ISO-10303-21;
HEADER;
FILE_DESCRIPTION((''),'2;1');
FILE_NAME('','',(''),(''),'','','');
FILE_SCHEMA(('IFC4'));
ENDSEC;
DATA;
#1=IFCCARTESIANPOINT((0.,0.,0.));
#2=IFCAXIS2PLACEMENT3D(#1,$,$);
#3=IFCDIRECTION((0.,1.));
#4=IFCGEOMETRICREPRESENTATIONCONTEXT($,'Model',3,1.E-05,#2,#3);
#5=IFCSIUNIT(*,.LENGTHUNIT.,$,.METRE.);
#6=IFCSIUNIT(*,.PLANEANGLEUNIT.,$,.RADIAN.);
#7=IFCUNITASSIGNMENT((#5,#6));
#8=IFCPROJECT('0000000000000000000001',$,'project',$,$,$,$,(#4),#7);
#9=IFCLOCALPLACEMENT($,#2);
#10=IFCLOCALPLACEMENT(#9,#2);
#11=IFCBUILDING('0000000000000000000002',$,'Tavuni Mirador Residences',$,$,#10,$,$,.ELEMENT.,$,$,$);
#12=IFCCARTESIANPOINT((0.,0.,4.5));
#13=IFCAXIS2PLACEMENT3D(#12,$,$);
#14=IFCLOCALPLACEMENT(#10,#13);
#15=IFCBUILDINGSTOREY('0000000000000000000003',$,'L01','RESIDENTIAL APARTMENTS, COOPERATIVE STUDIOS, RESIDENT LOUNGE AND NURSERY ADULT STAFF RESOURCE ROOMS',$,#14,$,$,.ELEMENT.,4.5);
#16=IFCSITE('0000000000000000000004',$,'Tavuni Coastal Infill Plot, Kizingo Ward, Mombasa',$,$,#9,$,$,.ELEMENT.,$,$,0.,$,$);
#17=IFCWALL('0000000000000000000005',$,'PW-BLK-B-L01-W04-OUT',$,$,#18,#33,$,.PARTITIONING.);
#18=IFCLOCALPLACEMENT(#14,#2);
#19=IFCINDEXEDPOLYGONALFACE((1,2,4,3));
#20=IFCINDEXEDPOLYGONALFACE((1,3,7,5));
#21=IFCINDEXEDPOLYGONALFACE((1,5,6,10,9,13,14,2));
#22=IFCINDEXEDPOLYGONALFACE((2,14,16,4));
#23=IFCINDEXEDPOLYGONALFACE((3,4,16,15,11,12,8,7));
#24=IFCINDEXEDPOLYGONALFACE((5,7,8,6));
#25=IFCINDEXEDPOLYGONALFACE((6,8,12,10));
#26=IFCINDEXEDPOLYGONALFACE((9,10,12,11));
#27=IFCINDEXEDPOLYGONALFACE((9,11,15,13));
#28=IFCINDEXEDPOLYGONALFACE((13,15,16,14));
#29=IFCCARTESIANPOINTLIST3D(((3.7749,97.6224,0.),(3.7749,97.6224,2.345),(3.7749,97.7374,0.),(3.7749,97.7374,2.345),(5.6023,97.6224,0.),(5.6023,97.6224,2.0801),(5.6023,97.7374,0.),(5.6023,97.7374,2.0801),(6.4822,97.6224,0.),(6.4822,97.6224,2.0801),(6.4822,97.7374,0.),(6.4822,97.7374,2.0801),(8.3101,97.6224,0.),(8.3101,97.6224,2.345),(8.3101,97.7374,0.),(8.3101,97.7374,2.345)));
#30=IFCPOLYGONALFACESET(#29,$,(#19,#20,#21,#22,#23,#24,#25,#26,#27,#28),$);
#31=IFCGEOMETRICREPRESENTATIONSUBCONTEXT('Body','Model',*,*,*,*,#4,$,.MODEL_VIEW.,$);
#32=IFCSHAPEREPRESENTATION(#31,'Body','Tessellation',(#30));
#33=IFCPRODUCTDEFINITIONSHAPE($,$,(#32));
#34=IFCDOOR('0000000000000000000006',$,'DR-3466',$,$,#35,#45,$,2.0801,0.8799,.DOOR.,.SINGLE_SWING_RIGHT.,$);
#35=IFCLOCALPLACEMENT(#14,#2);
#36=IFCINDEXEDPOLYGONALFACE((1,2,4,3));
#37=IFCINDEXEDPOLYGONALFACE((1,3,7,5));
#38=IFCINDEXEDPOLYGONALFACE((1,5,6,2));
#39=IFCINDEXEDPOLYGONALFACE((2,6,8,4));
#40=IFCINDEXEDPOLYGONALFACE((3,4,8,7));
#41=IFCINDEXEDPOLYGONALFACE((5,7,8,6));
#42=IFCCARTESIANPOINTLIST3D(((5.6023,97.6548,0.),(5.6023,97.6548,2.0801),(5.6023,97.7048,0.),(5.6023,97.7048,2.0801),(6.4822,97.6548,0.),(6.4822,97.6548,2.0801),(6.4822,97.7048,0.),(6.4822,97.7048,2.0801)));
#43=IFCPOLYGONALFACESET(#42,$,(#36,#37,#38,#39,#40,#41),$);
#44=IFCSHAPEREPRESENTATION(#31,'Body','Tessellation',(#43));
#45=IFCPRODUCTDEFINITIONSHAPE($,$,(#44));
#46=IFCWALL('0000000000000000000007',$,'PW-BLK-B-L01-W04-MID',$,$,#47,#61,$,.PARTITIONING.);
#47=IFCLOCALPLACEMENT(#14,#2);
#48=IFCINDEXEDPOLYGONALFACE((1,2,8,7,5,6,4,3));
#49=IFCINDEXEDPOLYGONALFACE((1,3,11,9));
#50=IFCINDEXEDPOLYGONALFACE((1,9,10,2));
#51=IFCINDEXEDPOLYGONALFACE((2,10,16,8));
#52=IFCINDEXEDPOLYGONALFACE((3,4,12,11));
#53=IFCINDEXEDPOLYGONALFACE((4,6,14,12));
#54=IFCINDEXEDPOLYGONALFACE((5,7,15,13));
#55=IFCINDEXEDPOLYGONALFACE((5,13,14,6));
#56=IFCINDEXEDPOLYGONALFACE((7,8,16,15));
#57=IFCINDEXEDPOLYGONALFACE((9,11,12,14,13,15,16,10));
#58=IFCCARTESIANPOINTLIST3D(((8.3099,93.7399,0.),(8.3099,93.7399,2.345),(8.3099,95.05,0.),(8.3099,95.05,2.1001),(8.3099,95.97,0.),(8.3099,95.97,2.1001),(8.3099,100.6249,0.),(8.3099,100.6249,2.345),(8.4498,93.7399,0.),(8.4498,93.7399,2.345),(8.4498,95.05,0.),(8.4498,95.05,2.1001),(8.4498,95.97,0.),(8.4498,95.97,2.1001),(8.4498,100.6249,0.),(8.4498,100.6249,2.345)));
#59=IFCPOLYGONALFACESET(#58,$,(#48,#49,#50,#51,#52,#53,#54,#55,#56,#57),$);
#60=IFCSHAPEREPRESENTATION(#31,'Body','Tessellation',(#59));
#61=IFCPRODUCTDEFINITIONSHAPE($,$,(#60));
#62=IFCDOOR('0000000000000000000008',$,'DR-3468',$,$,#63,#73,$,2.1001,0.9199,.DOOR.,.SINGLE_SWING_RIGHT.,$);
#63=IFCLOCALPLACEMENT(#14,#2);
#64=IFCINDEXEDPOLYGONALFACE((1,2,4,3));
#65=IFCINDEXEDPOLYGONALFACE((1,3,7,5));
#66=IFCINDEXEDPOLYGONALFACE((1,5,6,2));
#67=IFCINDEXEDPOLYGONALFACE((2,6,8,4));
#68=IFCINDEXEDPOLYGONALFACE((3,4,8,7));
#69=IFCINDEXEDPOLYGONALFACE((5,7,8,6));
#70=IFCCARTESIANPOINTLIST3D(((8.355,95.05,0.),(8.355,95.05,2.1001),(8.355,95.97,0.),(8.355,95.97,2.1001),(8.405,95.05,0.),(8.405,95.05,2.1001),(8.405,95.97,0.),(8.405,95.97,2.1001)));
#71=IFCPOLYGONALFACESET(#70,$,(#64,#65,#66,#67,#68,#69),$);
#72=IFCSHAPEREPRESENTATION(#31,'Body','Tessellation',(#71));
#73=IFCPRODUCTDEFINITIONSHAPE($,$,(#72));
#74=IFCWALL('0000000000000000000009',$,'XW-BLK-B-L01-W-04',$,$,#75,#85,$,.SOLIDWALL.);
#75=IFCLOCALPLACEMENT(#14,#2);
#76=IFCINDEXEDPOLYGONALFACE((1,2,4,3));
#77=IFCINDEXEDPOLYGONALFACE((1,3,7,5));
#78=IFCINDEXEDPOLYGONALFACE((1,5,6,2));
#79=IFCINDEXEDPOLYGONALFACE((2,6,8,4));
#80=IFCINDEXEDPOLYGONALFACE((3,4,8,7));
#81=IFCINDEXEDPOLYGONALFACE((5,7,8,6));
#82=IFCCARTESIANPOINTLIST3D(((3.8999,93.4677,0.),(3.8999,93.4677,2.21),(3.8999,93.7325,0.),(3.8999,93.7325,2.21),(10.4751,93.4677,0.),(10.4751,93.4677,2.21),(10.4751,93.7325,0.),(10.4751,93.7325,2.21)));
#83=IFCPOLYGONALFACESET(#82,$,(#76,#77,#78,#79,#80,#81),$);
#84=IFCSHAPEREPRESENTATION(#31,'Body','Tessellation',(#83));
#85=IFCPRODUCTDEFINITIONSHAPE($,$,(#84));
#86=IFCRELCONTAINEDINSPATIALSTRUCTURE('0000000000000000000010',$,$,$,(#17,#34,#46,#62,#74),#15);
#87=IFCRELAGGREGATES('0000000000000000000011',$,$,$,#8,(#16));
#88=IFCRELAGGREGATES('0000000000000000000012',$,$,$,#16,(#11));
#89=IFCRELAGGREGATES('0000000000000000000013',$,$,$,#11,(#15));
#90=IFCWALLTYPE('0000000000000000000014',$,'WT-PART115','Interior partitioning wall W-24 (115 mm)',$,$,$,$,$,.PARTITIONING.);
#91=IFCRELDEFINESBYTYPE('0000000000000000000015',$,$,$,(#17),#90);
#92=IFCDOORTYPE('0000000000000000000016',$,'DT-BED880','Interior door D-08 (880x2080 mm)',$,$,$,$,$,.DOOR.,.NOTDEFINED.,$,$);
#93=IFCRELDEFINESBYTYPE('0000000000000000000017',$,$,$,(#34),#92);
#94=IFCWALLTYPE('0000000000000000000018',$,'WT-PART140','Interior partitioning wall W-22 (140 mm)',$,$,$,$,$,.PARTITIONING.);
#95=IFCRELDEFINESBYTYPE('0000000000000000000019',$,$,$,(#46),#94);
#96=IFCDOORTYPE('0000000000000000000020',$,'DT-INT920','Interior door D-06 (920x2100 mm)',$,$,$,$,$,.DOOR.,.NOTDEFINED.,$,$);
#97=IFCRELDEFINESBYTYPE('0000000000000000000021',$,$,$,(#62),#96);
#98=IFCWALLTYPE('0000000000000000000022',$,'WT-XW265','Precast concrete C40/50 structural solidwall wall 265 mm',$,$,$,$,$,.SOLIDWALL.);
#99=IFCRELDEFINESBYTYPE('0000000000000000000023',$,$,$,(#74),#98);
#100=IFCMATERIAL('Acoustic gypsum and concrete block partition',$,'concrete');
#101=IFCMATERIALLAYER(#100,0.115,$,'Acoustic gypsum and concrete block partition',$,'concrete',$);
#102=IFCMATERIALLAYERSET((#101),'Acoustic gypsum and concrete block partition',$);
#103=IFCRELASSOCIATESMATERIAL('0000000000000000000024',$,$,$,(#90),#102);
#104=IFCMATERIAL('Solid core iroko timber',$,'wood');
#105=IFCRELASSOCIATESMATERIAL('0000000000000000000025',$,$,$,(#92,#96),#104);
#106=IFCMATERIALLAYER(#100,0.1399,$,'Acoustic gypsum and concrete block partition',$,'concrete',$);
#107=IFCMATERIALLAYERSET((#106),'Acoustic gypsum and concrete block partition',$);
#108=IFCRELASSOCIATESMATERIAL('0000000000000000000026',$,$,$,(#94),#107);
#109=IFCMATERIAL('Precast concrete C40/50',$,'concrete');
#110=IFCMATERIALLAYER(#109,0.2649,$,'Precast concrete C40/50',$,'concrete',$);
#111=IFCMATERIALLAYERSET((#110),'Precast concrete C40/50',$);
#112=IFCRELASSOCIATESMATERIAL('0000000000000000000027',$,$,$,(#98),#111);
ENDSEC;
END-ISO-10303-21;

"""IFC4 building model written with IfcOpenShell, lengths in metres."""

from ifc_helpers import new_model, si_unit, direction, frame, frame_2d, origin, place, context, subcontext, project, spatial, rectangle, extrude, material, layer, layer_set, type_object, element, fill, save


model = new_model("IFC4")

# Units and contexts
model_context = context("Model", 3, precision=1e-05, world=origin(), true_north=direction((0.0, 1.0)))
body_context = subcontext(model_context, "Body", "Model", "MODEL_VIEW")
ifc_project = project(units=[si_unit("LENGTHUNIT", "METRE"), si_unit("PLANEANGLEUNIT", "RADIAN")], contexts=[model_context])

# Site, building, storey
site_placement = place(None, origin())
site = spatial("IfcSite", under=ifc_project, at=site_placement, Name="Tavuni Coastal Infill Plot, Kizingo Ward, Mombasa", CompositionType="ELEMENT", RefElevation=0.0)
building_placement = place(site_placement, origin())
building = spatial("IfcBuilding", under=site, at=building_placement, Name="Tavuni Mirador Residences", CompositionType="ELEMENT")
storey_placement = place(building_placement, frame((0.0, 0.0, 4.5)))
storey = spatial("IfcBuildingStorey", under=building, at=storey_placement, Name="L01", Description="RESIDENTIAL APARTMENTS, COOPERATIVE STUDIOS, RESIDENT LOUNGE AND NURSERY ADULT STAFF RESOURCE ROOMS", CompositionType="ELEMENT", Elevation=4.5)

# Shared definitions
ifc_material_1 = material(Name="Precast concrete C40/50", Category="concrete")

# Shared definitions
ifc_material_2 = material(Name="Solid core iroko timber", Category="wood")

# Walls, openings, doors
ifc_material_3 = material(Name="Acoustic gypsum and concrete block partition", Category="concrete")
ifc_layer_1 = layer(ifc_material_3, 0.115, Name="Acoustic gypsum and concrete block partition", Category="concrete")
ifc_layer_set_1 = layer_set([ifc_layer_1], Name="Acoustic gypsum and concrete block partition")
wall_type_1 = type_object("IfcWallType", Name="WT-PART115", Description="Interior partitioning wall W-24 (115 mm)", PredefinedType="PARTITIONING", material=ifc_layer_set_1)
wall_1_placement = place(storey_placement, frame((3.7749, 97.6799, 0.0), z_axis=(0.0, 0.0, 1.0), x_axis=(1.0, 0.0, 0.0)))
wall_1 = element("IfcWall", 1, at=wall_1_placement, inside=storey, type_object=wall_type_1, Name="PW-BLK-B-L01-W04-OUT", PredefinedType="PARTITIONING", context=body_context, shape_type="SweptSolid", body=[
    extrude(rectangle(XDim=4.5352, YDim=0.115, at=frame_2d((2.2676, 0.0))), origin(), (0.0, 0.0, 1.0), 2.345),
])
opening_1_placement = place(wall_1_placement, frame((1.8274, 0.0, 0.0)))
opening_1 = element("IfcOpeningElement", 2, at=opening_1_placement, cuts=wall_1, PredefinedType="OPENING", context=body_context, shape_type="SweptSolid", body=[
    extrude(rectangle(XDim=0.8799, YDim=2.0801, at=frame_2d((0.4399, 1.04))), frame((0.0, 0.0674, 0.0), z_axis=(0.0, -1.0, 0.0), x_axis=(1.0, 0.0, 0.0)), (0.0, 0.0, 1.0), 0.135),
])
door_type_1 = type_object("IfcDoorType", Name="DT-BED880", Description="Interior door D-08 (880x2080 mm)", OperationType="NOTDEFINED", PredefinedType="DOOR", material=ifc_material_2)
door_1_placement = place(opening_1_placement, origin())
door_1 = element("IfcDoor", 3, at=door_1_placement, inside=storey, type_object=door_type_1, Name="DR-3466", OperationType="SINGLE_SWING_RIGHT", OverallHeight=2.0801, OverallWidth=0.8799, PredefinedType="DOOR", context=body_context, shape_type="SweptSolid", body=[
    extrude(rectangle(XDim=0.8799, YDim=2.0801, at=frame_2d((0.4399, 1.04))), frame((0.0, 0.0249, 0.0), z_axis=(0.0, -1.0, 0.0), x_axis=(1.0, 0.0, 0.0)), (0.0, 0.0, 1.0), 0.05),
])
fill(opening_1, door_1)
ifc_layer_2 = layer(ifc_material_3, 0.1399, Name="Acoustic gypsum and concrete block partition", Category="concrete")
ifc_layer_set_2 = layer_set([ifc_layer_2], Name="Acoustic gypsum and concrete block partition")
wall_type_2 = type_object("IfcWallType", Name="WT-PART140", Description="Interior partitioning wall W-22 (140 mm)", PredefinedType="PARTITIONING", material=ifc_layer_set_2)
wall_2_placement = place(storey_placement, frame((8.3799, 93.74, 0.0), z_axis=(0.0, 0.0, 1.0), x_axis=(0.0, 1.0, 0.0)))
wall_2 = element("IfcWall", 4, at=wall_2_placement, inside=storey, type_object=wall_type_2, Name="PW-BLK-B-L01-W04-MID", PredefinedType="PARTITIONING", context=body_context, shape_type="SweptSolid", body=[
    extrude(rectangle(XDim=6.885, YDim=0.1399, at=frame_2d((3.4424, 0.0))), origin(), (0.0, 0.0, 1.0), 2.345),
])
opening_2_placement = place(wall_2_placement, frame((1.3101, 0.0, 0.0)))
opening_2 = element("IfcOpeningElement", 5, at=opening_2_placement, cuts=wall_2, PredefinedType="OPENING", context=body_context, shape_type="SweptSolid", body=[
    extrude(rectangle(XDim=0.9199, YDim=2.1001, at=frame_2d((0.46, 1.05))), frame((0.0, 0.0801, 0.0), z_axis=(0.0, -1.0, 0.0), x_axis=(1.0, 0.0, 0.0)), (0.0, 0.0, 1.0), 0.1599),
])
door_type_2 = type_object("IfcDoorType", Name="DT-INT920", Description="Interior door D-06 (920x2100 mm)", OperationType="NOTDEFINED", PredefinedType="DOOR", material=ifc_material_2)
door_2_placement = place(opening_2_placement, origin())
door_2 = element("IfcDoor", 6, at=door_2_placement, inside=storey, type_object=door_type_2, Name="DR-3468", OperationType="SINGLE_SWING_RIGHT", OverallHeight=2.1001, OverallWidth=0.9199, PredefinedType="DOOR", context=body_context, shape_type="SweptSolid", body=[
    extrude(rectangle(XDim=0.9199, YDim=2.1001, at=frame_2d((0.46, 1.05))), frame((0.0, 0.0249, 0.0), z_axis=(0.0, -1.0, 0.0), x_axis=(1.0, 0.0, 0.0)), (0.0, 0.0, 1.0), 0.05),
])
fill(opening_2, door_2)

# Wall
ifc_layer_3 = layer(ifc_material_1, 0.2649, Name="Precast concrete C40/50", Category="concrete")
ifc_layer_set_3 = layer_set([ifc_layer_3], Name="Precast concrete C40/50")
wall_type_3 = type_object("IfcWallType", Name="WT-XW265", Description="Precast concrete C40/50 structural solidwall wall 265 mm", PredefinedType="SOLIDWALL", material=ifc_layer_set_3)
wall_3_placement = place(storey_placement, frame((3.8999, 93.6001, 0.0), z_axis=(0.0, 0.0, 1.0), x_axis=(1.0, 0.0, 0.0)))
element("IfcWall", 7, at=wall_3_placement, inside=storey, type_object=wall_type_3, Name="XW-BLK-B-L01-W-04", PredefinedType="SOLIDWALL", context=body_context, shape_type="SweptSolid", body=[
    extrude(rectangle(XDim=6.5752, YDim=0.2649, at=frame_2d((3.2876, 0.0))), origin(), (0.0, 0.0, 1.0), 2.21),
])

save(model, "model.ifc")
